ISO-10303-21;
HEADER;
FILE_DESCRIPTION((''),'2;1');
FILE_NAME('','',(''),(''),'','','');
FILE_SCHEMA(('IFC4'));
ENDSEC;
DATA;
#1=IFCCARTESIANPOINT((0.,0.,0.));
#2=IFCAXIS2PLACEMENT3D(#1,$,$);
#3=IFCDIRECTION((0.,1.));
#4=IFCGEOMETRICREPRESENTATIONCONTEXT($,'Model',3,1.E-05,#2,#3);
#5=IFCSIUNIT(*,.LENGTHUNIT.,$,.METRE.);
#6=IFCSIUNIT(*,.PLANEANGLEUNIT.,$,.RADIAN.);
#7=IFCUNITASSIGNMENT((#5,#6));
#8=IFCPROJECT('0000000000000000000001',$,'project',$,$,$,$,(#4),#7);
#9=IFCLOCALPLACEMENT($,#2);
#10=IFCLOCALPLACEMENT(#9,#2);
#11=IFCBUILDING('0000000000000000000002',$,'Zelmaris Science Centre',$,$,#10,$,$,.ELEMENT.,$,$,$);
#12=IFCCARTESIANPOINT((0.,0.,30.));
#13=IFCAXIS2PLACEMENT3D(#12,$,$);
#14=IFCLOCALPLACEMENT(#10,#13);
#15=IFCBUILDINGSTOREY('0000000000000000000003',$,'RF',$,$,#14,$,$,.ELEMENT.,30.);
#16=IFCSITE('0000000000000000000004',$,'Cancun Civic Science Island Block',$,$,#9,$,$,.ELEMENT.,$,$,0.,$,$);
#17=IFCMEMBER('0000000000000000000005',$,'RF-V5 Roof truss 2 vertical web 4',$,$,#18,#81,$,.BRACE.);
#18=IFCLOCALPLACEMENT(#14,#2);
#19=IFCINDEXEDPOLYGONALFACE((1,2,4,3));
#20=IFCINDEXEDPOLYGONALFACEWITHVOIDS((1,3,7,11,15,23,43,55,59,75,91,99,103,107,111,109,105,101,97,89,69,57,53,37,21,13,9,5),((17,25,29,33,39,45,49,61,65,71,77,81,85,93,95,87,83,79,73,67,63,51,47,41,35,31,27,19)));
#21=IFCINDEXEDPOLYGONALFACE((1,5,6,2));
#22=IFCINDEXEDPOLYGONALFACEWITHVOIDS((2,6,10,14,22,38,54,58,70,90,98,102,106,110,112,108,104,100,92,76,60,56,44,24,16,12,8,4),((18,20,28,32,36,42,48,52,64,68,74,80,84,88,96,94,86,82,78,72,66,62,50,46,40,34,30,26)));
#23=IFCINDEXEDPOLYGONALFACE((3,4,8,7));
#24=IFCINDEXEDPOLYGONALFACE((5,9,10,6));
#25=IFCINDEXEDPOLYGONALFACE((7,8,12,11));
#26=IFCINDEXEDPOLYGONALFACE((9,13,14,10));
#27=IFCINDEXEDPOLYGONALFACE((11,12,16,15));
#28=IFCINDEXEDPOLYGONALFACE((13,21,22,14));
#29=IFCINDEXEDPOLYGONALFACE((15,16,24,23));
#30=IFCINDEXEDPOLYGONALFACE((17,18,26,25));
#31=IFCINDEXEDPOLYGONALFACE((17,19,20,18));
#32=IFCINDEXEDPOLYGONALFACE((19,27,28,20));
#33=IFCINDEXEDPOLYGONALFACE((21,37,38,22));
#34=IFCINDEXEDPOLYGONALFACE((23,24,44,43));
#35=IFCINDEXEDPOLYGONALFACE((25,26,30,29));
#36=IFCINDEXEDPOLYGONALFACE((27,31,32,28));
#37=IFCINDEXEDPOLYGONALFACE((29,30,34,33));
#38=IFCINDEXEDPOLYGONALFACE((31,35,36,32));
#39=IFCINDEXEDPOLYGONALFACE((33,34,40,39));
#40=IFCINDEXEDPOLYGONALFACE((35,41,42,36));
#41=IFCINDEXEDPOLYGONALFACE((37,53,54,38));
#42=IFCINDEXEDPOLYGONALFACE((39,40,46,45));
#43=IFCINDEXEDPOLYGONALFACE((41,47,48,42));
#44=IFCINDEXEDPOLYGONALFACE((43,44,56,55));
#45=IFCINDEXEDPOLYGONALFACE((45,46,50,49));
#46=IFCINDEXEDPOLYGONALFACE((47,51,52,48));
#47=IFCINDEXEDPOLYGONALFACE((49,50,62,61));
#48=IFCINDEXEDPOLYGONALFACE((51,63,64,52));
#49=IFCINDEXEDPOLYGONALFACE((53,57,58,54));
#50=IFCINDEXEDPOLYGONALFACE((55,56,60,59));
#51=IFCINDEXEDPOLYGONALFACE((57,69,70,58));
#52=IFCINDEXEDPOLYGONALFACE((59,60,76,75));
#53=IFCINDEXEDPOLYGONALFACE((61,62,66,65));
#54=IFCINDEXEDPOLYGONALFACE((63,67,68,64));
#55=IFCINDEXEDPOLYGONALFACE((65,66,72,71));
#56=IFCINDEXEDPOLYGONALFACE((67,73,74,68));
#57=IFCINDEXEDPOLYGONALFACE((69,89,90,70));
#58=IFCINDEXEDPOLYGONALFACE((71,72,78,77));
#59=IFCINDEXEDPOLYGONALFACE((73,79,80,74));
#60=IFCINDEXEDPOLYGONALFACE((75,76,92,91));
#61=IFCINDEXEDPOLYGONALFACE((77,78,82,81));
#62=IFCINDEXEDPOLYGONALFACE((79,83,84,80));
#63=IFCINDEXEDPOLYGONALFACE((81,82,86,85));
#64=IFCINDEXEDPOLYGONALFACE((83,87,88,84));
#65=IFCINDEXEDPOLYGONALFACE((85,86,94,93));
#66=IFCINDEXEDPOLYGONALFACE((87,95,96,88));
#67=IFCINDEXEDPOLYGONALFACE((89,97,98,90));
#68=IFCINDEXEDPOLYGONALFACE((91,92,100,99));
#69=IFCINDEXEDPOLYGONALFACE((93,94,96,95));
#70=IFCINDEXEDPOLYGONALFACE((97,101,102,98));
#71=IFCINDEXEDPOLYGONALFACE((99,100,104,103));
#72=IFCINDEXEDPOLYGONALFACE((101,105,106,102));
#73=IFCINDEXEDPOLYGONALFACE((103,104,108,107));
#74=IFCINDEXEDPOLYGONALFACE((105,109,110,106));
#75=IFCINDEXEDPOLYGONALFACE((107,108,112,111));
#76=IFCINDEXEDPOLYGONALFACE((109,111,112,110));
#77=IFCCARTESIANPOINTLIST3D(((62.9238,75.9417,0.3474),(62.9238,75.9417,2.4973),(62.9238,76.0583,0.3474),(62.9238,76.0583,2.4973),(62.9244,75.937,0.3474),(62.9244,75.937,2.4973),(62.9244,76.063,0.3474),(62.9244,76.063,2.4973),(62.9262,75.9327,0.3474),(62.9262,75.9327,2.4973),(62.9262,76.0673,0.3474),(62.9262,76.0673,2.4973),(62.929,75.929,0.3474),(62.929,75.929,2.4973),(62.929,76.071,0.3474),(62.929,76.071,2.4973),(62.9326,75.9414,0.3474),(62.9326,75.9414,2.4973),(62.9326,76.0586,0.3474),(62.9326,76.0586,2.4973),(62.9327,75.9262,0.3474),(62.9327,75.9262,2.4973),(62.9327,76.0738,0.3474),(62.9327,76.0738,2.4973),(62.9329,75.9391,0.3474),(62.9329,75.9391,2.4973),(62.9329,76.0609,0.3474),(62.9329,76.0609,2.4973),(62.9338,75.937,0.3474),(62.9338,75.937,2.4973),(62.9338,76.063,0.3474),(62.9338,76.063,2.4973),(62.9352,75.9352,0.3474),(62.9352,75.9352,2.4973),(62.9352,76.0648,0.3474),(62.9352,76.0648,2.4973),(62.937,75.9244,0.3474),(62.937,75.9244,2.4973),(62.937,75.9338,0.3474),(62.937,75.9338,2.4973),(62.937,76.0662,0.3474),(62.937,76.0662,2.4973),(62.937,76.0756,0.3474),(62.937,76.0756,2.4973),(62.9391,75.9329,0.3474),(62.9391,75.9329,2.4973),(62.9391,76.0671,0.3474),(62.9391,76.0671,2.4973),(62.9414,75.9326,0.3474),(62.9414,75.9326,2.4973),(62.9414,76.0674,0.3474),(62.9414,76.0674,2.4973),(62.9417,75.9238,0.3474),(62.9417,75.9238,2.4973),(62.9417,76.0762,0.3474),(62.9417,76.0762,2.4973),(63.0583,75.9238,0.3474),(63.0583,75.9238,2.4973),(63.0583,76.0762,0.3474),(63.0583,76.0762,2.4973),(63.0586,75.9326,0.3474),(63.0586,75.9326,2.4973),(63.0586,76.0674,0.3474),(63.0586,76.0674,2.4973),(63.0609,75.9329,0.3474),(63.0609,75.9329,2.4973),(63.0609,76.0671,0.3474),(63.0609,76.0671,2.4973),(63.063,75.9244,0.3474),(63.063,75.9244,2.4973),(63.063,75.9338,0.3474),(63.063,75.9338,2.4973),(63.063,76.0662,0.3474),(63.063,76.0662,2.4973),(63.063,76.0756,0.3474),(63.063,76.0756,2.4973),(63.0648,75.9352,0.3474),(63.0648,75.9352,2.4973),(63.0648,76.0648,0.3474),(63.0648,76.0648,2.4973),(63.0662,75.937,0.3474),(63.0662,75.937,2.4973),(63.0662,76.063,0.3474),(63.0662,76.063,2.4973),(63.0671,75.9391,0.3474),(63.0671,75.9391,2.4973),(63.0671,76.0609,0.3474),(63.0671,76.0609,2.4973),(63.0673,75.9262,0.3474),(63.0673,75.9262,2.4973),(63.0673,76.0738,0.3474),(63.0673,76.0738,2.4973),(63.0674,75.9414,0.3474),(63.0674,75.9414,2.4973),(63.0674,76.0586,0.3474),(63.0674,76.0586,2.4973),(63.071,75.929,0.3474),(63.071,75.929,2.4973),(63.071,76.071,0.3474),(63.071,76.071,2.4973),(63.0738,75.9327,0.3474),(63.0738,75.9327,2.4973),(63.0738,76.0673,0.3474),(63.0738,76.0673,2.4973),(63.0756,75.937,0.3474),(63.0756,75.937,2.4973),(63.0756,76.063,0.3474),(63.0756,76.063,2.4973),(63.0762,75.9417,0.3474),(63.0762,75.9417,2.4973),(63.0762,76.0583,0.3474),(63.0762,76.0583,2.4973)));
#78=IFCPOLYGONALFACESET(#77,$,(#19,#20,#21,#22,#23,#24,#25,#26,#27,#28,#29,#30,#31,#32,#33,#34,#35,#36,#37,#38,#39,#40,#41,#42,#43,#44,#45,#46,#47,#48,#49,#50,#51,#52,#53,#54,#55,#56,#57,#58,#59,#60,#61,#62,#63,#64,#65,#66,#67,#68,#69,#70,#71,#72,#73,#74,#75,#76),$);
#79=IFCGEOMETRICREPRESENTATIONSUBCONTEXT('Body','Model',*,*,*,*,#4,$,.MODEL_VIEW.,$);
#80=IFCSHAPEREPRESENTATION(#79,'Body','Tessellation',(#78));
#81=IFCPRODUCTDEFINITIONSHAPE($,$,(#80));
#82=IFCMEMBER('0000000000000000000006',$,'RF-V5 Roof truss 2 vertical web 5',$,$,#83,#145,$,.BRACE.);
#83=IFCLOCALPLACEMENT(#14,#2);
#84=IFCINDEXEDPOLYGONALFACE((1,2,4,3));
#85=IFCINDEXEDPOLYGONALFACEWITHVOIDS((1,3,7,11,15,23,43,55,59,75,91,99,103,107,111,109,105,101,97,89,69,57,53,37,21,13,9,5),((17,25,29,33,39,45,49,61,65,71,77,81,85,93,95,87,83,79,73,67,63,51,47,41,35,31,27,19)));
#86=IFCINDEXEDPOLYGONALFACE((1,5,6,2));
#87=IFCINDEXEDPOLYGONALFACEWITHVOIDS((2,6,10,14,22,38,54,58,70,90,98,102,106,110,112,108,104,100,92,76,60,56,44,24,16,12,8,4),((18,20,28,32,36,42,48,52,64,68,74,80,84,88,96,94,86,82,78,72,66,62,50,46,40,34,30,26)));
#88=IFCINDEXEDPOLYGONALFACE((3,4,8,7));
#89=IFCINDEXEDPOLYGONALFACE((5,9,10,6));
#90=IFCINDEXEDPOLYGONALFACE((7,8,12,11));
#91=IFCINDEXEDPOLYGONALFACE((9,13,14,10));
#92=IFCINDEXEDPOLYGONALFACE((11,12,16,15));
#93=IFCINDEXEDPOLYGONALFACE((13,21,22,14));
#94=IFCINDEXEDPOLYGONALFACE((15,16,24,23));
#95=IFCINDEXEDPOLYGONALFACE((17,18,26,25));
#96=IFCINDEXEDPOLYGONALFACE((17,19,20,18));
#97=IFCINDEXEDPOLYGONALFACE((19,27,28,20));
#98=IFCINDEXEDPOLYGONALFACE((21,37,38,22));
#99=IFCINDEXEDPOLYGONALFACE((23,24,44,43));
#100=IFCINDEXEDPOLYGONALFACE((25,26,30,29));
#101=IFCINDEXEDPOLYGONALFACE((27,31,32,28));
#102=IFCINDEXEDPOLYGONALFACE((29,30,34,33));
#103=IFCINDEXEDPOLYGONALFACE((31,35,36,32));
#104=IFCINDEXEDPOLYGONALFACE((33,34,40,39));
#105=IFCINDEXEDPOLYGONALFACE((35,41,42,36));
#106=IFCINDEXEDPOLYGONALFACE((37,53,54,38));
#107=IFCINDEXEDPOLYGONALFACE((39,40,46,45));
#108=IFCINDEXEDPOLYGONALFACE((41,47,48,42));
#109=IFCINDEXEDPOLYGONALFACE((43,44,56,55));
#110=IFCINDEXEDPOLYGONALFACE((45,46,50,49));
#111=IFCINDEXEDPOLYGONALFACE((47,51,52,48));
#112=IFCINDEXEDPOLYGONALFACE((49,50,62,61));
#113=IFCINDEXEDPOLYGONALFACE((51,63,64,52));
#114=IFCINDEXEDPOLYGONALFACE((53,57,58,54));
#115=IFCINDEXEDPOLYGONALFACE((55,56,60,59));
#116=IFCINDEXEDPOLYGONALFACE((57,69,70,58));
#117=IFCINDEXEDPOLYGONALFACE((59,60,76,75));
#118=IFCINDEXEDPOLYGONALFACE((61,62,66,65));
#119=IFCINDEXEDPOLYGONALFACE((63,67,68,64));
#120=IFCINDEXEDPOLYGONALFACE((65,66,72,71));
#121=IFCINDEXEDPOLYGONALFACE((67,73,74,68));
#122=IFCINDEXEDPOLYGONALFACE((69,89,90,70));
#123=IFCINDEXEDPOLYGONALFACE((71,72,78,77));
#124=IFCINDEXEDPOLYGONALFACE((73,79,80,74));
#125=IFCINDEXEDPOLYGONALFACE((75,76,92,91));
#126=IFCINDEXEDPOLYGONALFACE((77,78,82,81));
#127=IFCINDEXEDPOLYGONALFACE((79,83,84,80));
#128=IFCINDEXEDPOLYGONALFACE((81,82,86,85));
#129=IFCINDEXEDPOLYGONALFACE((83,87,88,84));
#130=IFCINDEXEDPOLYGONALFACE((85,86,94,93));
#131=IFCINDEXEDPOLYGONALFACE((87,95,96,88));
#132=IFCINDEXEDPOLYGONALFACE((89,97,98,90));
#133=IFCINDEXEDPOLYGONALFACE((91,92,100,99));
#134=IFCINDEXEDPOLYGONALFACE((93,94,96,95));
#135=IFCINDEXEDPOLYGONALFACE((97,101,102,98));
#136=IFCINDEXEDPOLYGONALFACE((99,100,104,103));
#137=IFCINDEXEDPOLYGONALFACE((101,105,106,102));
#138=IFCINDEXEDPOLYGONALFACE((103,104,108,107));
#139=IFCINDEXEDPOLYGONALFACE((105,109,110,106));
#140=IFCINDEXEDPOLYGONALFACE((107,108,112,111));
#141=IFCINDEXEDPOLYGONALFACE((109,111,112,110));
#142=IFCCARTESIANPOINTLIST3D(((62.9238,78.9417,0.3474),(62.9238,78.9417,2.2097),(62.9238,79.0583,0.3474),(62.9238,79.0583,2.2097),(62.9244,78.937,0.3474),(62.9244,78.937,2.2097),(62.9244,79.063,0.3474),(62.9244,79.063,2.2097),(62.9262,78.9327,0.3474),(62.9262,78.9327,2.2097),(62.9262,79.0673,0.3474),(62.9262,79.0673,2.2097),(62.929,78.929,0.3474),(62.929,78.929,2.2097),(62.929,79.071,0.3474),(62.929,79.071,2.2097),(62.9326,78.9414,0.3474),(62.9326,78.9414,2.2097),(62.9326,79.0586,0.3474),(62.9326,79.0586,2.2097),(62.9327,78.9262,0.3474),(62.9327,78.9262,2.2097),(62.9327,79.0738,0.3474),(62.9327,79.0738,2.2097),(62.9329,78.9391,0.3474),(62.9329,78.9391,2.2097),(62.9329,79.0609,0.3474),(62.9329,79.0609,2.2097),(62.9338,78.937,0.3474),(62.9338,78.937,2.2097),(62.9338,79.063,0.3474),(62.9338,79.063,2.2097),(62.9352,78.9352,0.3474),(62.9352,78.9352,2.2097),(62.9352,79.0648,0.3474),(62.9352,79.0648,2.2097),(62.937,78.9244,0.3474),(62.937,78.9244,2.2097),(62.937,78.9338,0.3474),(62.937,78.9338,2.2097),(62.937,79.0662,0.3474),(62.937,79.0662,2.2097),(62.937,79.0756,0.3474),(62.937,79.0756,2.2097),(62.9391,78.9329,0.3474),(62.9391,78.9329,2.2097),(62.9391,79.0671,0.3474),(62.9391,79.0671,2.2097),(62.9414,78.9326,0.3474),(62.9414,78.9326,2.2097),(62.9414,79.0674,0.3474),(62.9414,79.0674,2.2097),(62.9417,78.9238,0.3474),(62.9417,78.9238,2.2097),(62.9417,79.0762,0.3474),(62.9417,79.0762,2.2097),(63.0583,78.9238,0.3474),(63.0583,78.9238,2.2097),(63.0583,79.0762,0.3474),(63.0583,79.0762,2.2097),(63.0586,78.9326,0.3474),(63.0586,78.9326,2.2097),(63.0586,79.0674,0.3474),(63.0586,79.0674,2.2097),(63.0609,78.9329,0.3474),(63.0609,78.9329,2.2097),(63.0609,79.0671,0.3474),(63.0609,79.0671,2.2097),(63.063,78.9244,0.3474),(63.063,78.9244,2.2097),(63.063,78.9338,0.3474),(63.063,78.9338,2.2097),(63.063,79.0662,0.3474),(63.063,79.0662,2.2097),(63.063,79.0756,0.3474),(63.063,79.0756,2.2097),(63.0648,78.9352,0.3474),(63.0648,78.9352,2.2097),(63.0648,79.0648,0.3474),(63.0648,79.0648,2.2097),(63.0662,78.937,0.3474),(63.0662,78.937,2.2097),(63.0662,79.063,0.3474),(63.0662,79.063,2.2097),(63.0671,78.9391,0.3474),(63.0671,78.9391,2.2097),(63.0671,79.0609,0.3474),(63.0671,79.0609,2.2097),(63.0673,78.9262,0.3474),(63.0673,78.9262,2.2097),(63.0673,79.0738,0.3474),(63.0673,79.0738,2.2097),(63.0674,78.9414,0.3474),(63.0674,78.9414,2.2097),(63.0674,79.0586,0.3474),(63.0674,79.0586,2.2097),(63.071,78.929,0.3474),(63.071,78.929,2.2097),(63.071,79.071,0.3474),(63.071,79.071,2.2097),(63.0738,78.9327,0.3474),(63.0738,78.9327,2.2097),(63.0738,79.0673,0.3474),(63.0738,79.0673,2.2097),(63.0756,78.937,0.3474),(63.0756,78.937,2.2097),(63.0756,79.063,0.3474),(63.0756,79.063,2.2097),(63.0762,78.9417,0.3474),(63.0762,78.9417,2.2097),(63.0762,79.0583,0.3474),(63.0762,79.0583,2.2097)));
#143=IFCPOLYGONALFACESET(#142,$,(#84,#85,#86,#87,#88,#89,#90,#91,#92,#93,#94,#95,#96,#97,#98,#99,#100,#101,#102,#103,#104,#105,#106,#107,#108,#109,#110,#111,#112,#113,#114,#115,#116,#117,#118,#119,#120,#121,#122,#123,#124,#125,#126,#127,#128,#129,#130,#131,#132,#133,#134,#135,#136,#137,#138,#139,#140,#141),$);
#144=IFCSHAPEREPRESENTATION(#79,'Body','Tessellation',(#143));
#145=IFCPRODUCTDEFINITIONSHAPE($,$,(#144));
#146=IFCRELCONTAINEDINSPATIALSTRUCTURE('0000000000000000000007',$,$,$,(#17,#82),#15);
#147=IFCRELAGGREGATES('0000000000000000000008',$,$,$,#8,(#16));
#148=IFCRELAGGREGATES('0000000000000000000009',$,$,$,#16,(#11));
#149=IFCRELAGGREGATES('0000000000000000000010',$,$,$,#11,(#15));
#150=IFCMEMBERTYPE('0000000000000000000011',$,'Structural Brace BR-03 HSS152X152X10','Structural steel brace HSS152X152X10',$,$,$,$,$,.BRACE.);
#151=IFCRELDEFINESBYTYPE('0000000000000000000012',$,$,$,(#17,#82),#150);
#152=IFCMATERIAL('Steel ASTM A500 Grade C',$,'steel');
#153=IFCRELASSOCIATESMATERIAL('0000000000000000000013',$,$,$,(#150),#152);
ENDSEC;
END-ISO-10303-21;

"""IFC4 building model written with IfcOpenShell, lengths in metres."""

from ifc_helpers import new_model, si_unit, direction, frame, origin, origin_2d, place, context, subcontext, project, spatial, hollow_rectangle, extrude, material, material_profile, profile_set, type_object, element, save


model = new_model("IFC4")

# Units and contexts
model_context = context("Model", 3, precision=1e-05, world=origin(), true_north=direction((0.0, 1.0)))
body_context = subcontext(model_context, "Body", "Model", "MODEL_VIEW")
ifc_project = project(units=[si_unit("LENGTHUNIT", "METRE"), si_unit("PLANEANGLEUNIT", "RADIAN")], contexts=[model_context])

# Site, building, storey
site_placement = place(None, origin())
site = spatial("IfcSite", under=ifc_project, at=site_placement, Name="Cancun Civic Science Island Block", CompositionType="ELEMENT", RefElevation=0.0)
building_placement = place(site_placement, origin())
building = spatial("IfcBuilding", under=site, at=building_placement, Name="Zelmaris Science Centre", CompositionType="ELEMENT")
storey_placement = place(building_placement, frame((0.0, 0.0, 30.0)))
storey = spatial("IfcBuildingStorey", under=building, at=storey_placement, Name="RF", CompositionType="ELEMENT", Elevation=30.0)

# Shared definitions
ifc_material = material(Name="Steel ASTM A500 Grade C", Category="steel")

# Members
ifc_material_profile_1 = material_profile(ifc_material, hollow_rectangle(XDim=0.1523, YDim=0.1523, WallThickness=0.0088, InnerFilletRadius=0.0088, OuterFilletRadius=0.0178, at=origin_2d()), Name="HSS152X152X10")
ifc_profile_set_1 = profile_set([ifc_material_profile_1], Name="Steel ASTM A500 Grade C")
member_type_1 = type_object("IfcMemberType", Name="Structural Brace BR-03 HSS152X152X10", Description="Structural steel brace HSS152X152X10", PredefinedType="BRACE", material=ifc_profile_set_1)
member_1_placement = place(storey_placement, frame((63.0, 76.0, 0.3474), z_axis=(0.0, 0.0, 1.0), x_axis=(1.0, 0.0, 0.0)))
element("IfcMember", 1, at=member_1_placement, inside=storey, type_object=member_type_1, Name="RF-V5 Roof truss 2 vertical web 4", PredefinedType="BRACE", context=body_context, shape_type="SweptSolid", body=[
    extrude(hollow_rectangle(XDim=0.1523, YDim=0.1523, WallThickness=0.0088, InnerFilletRadius=0.0088, OuterFilletRadius=0.0178, at=origin_2d()), origin(), (0.0, 0.0, 1.0), 2.1499),
])
member_2_placement = place(storey_placement, frame((63.0, 79.0, 0.3474), z_axis=(0.0, 0.0, 1.0), x_axis=(1.0, 0.0, 0.0)))
element("IfcMember", 2, at=member_2_placement, inside=storey, type_object=member_type_1, Name="RF-V5 Roof truss 2 vertical web 5", PredefinedType="BRACE", context=body_context, shape_type="SweptSolid", body=[
    extrude(hollow_rectangle(XDim=0.1523, YDim=0.1523, WallThickness=0.0088, InnerFilletRadius=0.0088, OuterFilletRadius=0.0178, at=origin_2d()), origin(), (0.0, 0.0, 1.0), 1.8623),
])

save(model, "model.ifc")
